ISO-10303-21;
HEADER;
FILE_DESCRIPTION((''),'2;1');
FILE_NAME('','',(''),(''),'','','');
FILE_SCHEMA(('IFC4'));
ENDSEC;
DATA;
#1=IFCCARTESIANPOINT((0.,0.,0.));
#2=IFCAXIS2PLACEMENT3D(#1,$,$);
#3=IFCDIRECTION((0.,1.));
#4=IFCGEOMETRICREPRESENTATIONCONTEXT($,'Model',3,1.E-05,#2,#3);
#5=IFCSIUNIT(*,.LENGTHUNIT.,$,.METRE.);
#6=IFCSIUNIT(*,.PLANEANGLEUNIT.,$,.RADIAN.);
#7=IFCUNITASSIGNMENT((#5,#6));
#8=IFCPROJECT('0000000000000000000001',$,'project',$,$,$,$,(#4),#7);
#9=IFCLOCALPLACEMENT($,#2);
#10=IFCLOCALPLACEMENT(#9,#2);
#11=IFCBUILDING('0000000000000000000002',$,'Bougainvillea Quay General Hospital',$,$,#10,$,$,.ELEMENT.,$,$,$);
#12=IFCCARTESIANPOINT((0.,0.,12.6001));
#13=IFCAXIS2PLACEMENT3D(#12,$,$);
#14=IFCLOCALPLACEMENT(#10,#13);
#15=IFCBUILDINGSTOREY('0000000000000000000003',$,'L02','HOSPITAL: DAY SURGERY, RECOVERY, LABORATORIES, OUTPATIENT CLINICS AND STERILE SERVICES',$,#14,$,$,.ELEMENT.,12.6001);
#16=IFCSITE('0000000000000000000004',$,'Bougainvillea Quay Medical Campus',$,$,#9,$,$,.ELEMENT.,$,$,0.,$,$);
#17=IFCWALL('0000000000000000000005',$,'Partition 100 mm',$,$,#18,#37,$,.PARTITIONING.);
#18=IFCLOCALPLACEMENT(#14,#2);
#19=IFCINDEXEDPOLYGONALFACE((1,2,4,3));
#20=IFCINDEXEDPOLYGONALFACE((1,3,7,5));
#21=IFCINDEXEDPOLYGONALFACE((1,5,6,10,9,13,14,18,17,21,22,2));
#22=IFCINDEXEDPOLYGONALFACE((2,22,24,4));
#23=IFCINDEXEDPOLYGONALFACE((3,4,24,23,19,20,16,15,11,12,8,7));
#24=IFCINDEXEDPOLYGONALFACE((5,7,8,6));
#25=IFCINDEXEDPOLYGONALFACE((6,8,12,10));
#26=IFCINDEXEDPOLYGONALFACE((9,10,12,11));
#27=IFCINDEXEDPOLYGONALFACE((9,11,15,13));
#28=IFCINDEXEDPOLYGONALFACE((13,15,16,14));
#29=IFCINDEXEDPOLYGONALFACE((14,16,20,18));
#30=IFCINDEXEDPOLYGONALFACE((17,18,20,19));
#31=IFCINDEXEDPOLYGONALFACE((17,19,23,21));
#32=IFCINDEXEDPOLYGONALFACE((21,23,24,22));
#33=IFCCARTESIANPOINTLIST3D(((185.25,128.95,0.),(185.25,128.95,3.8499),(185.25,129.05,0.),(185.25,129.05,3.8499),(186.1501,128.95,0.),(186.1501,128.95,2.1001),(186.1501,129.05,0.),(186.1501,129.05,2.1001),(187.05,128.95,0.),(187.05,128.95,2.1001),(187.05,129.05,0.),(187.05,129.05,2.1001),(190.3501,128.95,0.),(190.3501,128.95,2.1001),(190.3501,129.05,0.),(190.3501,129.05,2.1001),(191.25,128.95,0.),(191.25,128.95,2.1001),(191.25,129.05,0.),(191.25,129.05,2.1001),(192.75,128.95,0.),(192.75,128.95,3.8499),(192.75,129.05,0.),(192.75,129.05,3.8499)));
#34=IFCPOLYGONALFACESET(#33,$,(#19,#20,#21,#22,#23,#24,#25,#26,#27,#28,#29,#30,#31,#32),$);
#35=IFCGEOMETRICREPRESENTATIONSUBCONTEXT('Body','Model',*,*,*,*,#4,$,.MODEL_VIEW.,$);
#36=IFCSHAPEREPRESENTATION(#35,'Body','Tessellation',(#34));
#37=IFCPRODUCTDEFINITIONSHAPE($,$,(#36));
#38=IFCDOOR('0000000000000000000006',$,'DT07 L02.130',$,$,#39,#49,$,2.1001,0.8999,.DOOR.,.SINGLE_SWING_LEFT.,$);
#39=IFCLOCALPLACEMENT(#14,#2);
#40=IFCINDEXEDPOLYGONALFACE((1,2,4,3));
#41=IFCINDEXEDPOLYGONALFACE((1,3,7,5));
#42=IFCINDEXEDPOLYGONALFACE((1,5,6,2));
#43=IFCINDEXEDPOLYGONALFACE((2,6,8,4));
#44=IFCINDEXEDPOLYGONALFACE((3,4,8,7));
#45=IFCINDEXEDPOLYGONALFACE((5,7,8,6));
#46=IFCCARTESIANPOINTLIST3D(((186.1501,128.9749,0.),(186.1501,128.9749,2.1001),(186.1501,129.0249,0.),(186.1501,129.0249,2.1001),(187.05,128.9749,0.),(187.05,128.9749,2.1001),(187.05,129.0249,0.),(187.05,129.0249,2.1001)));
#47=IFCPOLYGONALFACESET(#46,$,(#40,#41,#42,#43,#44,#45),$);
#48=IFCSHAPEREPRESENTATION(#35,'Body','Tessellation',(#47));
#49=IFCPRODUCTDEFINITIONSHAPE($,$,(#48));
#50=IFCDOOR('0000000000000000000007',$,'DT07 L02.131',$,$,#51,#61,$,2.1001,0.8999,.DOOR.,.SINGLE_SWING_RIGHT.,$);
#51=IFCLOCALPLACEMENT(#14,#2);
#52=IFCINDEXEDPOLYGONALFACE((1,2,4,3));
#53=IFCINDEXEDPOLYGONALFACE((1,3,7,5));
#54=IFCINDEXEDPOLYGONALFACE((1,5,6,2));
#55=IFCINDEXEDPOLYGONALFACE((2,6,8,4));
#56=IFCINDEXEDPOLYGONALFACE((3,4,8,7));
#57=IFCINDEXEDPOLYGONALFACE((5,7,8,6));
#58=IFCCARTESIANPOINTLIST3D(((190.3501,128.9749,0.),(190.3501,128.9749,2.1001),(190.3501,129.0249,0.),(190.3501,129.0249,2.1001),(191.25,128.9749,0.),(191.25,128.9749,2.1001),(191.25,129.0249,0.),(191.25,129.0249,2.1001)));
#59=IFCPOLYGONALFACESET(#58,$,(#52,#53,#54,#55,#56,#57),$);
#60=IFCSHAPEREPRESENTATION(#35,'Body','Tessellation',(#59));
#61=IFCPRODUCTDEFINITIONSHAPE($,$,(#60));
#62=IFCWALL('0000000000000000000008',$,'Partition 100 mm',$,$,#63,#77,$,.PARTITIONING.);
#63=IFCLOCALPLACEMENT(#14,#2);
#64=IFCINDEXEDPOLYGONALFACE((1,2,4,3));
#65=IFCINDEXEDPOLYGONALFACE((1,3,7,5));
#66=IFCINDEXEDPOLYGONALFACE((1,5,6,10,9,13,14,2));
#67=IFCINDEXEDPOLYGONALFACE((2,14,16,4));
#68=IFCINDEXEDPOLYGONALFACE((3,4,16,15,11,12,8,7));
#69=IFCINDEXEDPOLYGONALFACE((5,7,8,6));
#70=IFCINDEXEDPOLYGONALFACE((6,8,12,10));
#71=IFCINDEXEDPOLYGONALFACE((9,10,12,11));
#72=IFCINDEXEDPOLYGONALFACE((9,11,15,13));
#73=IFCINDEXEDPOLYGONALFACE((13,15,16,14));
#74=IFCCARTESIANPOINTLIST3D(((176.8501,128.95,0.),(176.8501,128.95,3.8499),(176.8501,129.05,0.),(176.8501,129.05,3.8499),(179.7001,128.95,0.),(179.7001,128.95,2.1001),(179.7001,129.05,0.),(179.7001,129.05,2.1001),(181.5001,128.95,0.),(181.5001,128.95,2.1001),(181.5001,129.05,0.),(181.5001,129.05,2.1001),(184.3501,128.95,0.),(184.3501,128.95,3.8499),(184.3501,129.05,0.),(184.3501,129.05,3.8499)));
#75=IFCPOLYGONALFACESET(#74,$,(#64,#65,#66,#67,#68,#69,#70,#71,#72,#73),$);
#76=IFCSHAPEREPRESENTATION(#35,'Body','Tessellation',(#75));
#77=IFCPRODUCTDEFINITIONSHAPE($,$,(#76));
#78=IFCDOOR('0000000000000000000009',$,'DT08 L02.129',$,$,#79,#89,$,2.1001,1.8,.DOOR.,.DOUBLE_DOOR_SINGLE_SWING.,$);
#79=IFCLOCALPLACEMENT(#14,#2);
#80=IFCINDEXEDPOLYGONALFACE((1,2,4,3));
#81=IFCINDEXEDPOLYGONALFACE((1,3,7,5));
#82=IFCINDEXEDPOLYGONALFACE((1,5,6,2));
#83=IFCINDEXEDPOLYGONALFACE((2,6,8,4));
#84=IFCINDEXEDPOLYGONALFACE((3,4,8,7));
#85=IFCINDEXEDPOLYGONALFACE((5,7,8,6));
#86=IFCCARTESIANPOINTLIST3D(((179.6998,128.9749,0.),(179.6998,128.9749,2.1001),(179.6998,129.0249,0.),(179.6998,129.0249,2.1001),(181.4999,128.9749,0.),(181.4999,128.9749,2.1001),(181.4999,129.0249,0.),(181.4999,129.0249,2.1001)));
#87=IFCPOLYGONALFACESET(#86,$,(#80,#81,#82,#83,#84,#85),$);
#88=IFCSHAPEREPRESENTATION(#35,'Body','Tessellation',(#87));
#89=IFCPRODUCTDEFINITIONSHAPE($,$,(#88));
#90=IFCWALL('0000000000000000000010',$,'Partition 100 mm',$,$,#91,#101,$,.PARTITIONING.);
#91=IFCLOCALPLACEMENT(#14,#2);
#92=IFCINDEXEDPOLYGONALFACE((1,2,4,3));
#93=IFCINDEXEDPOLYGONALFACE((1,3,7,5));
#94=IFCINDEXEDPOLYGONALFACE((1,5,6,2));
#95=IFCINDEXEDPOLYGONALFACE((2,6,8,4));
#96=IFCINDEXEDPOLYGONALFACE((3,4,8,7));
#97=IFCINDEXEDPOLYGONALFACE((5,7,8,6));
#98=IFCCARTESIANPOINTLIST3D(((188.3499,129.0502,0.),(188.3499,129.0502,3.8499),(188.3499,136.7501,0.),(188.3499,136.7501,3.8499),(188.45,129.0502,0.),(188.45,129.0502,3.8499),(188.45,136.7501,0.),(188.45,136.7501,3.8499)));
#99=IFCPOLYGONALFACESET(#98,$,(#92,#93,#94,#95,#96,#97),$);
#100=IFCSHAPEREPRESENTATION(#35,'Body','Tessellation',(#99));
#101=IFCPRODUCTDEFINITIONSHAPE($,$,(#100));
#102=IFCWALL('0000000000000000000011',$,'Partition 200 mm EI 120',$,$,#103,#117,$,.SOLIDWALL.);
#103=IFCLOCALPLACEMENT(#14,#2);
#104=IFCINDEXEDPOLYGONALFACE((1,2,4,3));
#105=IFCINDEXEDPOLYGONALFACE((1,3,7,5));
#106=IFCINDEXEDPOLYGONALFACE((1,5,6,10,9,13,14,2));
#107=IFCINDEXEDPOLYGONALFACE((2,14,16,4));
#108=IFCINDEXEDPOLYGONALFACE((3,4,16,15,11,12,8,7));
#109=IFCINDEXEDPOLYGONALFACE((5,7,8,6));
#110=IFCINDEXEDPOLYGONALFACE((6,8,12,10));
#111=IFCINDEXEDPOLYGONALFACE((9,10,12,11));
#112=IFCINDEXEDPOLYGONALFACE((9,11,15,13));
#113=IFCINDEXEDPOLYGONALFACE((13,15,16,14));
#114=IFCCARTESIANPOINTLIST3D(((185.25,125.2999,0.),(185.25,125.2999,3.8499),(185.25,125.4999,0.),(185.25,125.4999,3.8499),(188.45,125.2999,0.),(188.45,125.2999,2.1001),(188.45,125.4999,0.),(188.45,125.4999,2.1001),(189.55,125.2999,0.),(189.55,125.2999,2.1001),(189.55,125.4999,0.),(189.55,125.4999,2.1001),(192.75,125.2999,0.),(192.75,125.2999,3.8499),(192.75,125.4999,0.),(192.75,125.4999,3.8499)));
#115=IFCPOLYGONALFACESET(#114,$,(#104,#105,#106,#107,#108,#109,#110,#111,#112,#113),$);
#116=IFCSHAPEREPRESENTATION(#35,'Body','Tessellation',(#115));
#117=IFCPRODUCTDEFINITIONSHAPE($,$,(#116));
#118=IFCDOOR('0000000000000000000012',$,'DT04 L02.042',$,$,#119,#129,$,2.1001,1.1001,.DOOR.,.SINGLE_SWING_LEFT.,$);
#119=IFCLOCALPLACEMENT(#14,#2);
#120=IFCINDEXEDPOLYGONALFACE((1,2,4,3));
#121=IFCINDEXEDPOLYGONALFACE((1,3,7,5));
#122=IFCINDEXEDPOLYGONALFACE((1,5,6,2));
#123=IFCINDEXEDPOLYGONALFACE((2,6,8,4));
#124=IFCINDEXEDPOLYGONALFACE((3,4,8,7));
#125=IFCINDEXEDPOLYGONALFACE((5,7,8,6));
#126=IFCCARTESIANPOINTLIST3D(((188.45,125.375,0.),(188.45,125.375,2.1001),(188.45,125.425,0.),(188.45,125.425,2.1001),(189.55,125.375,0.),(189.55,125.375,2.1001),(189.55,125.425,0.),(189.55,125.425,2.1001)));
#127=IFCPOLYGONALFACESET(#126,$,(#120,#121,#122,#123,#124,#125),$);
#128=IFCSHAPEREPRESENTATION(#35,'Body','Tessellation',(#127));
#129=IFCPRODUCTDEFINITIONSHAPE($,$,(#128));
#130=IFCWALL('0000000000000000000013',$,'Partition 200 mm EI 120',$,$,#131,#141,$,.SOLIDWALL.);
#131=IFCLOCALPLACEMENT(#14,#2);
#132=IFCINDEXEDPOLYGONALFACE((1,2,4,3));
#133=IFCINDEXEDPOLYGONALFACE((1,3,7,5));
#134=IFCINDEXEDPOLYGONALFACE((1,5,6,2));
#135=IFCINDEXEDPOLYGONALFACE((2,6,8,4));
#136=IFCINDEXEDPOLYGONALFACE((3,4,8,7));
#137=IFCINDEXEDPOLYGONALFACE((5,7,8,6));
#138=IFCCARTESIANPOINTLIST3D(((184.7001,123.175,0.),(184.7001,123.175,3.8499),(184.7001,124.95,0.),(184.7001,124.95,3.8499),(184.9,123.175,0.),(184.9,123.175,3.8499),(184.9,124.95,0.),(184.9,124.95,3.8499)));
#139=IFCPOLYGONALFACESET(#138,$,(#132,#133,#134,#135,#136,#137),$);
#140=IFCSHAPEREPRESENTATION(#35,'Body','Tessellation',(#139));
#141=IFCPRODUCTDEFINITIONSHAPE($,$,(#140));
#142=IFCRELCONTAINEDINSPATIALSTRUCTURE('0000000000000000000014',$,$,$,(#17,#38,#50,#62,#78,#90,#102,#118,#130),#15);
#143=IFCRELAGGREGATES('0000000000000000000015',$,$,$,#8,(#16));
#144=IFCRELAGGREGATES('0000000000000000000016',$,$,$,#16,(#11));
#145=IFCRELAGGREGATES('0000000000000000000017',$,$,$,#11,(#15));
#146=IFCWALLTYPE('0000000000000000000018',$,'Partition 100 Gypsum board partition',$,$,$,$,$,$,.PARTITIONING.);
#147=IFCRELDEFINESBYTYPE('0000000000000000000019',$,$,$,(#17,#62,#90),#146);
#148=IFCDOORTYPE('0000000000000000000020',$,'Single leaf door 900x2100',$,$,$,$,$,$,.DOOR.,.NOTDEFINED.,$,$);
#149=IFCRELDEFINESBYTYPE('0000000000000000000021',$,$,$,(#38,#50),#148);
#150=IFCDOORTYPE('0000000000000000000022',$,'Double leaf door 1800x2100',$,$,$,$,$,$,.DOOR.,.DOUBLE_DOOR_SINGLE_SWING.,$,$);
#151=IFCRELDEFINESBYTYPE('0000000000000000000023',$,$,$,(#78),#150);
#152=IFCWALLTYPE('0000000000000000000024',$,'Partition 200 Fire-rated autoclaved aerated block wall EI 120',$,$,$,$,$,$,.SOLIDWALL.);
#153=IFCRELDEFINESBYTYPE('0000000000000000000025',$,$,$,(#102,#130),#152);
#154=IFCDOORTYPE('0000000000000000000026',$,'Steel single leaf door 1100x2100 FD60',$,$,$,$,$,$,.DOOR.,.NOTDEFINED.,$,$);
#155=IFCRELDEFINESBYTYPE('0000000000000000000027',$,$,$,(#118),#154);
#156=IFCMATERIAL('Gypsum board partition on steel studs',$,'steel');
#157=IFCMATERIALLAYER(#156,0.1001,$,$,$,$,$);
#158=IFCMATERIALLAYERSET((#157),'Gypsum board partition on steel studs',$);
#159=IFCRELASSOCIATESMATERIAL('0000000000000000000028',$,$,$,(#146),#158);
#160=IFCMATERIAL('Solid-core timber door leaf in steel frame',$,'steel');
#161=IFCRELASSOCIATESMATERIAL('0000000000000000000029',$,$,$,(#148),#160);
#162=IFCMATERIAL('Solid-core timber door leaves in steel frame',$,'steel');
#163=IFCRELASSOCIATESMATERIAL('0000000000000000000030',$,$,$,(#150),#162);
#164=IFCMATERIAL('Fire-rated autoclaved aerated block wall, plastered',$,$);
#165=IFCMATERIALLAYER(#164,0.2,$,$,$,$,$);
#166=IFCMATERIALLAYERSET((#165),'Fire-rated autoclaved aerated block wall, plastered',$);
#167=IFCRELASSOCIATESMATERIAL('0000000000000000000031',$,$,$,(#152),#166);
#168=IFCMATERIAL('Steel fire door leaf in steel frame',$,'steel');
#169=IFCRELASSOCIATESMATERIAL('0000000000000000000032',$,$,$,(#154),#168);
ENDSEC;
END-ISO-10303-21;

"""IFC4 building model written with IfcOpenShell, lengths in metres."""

from ifc_helpers import new_model, si_unit, direction, frame, frame_2d, origin, place, context, subcontext, project, spatial, rectangle, extrude, material, layer, layer_set, type_object, element, fill, save


model = new_model("IFC4")

# Units and contexts
model_context = context("Model", 3, precision=1e-05, world=origin(), true_north=direction((0.0, 1.0)))
body_context = subcontext(model_context, "Body", "Model", "MODEL_VIEW")
ifc_project = project(units=[si_unit("LENGTHUNIT", "METRE"), si_unit("PLANEANGLEUNIT", "RADIAN")], contexts=[model_context])

# Site, building, storey
site_placement = place(None, origin())
site = spatial("IfcSite", under=ifc_project, at=site_placement, Name="Bougainvillea Quay Medical Campus", CompositionType="ELEMENT", RefElevation=0.0)
building_placement = place(site_placement, origin())
building = spatial("IfcBuilding", under=site, at=building_placement, Name="Bougainvillea Quay General Hospital", CompositionType="ELEMENT")
storey_placement = place(building_placement, frame((0.0, 0.0, 12.6001)))
storey = spatial("IfcBuildingStorey", under=building, at=storey_placement, Name="L02", Description="HOSPITAL: DAY SURGERY, RECOVERY, LABORATORIES, OUTPATIENT CLINICS AND STERILE SERVICES", CompositionType="ELEMENT", Elevation=12.6001)

# Wall, openings, doors
ifc_material_1 = material(Name="Gypsum board partition on steel studs", Category="steel")
ifc_layer_1 = layer(ifc_material_1, 0.1001)
ifc_layer_set_1 = layer_set([ifc_layer_1], Name="Gypsum board partition on steel studs")
wall_type_1 = type_object("IfcWallType", Name="Partition 100 Gypsum board partition", PredefinedType="PARTITIONING", material=ifc_layer_set_1)
wall_1_placement = place(storey_placement, frame((192.75, 129.0, 0.0), z_axis=(0.0, 0.0, 1.0), x_axis=(-1.0, 0.0, 0.0)))
wall_1 = element("IfcWall", 1, at=wall_1_placement, inside=storey, type_object=wall_type_1, Name="Partition 100 mm", PredefinedType="PARTITIONING", context=body_context, shape_type="SweptSolid", body=[
    extrude(rectangle(XDim=7.5, YDim=0.1001, at=frame_2d((3.75, 0.0))), origin(), (0.0, 0.0, 1.0), 3.8499),
])
opening_1_placement = place(wall_1_placement, frame((5.7, 0.0, 0.0)))
opening_1 = element("IfcOpeningElement", 2, at=opening_1_placement, cuts=wall_1, PredefinedType="OPENING", context=body_context, shape_type="SweptSolid", body=[
    extrude(rectangle(XDim=0.8999, YDim=2.1001, at=frame_2d((0.45, 1.05))), frame((0.0, 0.0601, 0.0), z_axis=(0.0, -1.0, 0.0), x_axis=(1.0, 0.0, 0.0)), (0.0, 0.0, 1.0), 0.1201),
])
opening_2_placement = place(wall_1_placement, frame((1.5, 0.0, 0.0)))
opening_2 = element("IfcOpeningElement", 3, at=opening_2_placement, cuts=wall_1, PredefinedType="OPENING", context=body_context, shape_type="SweptSolid", body=[
    extrude(rectangle(XDim=0.8999, YDim=2.1001, at=frame_2d((0.45, 1.05))), frame((0.0, 0.0601, 0.0), z_axis=(0.0, -1.0, 0.0), x_axis=(1.0, 0.0, 0.0)), (0.0, 0.0, 1.0), 0.1201),
])
ifc_material_2 = material(Name="Solid-core timber door leaf in steel frame", Category="steel")
door_type_1 = type_object("IfcDoorType", Name="Single leaf door 900x2100", OperationType="NOTDEFINED", PredefinedType="DOOR", material=ifc_material_2)
door_1_placement = place(opening_1_placement, frame((0.8999, 0.0, 0.0), z_axis=(0.0, 0.0, 1.0), x_axis=(-1.0, 0.0, 0.0)))
door_1 = element("IfcDoor", 4, at=door_1_placement, inside=storey, type_object=door_type_1, Name="DT07 L02.130", OperationType="SINGLE_SWING_LEFT", OverallHeight=2.1001, OverallWidth=0.8999, PredefinedType="DOOR", context=body_context, shape_type="SweptSolid", body=[
    extrude(rectangle(XDim=0.8999, YDim=2.1001, at=frame_2d((0.45, 1.05))), frame((0.0, 0.0249, 0.0), z_axis=(0.0, -1.0, 0.0), x_axis=(1.0, 0.0, 0.0)), (0.0, 0.0, 1.0), 0.05),
])
fill(opening_1, door_1)
door_2_placement = place(opening_2_placement, frame((0.8999, 0.0, 0.0), z_axis=(0.0, 0.0, 1.0), x_axis=(-1.0, 0.0, 0.0)))
door_2 = element("IfcDoor", 5, at=door_2_placement, inside=storey, type_object=door_type_1, Name="DT07 L02.131", OperationType="SINGLE_SWING_RIGHT", OverallHeight=2.1001, OverallWidth=0.8999, PredefinedType="DOOR", context=body_context, shape_type="SweptSolid", body=[
    extrude(rectangle(XDim=0.8999, YDim=2.1001, at=frame_2d((0.45, 1.05))), frame((0.0, 0.0249, 0.0), z_axis=(0.0, -1.0, 0.0), x_axis=(1.0, 0.0, 0.0)), (0.0, 0.0, 1.0), 0.05),
])
fill(opening_2, door_2)

# Wall, opening, door
wall_2_placement = place(storey_placement, frame((184.3501, 129.0, 0.0), z_axis=(0.0, 0.0, 1.0), x_axis=(-1.0, 0.0, 0.0)))
wall_2 = element("IfcWall", 6, at=wall_2_placement, inside=storey, type_object=wall_type_1, Name="Partition 100 mm", PredefinedType="PARTITIONING", context=body_context, shape_type="SweptSolid", body=[
    extrude(rectangle(XDim=7.5, YDim=0.1001, at=frame_2d((3.75, 0.0))), origin(), (0.0, 0.0, 1.0), 3.8499),
])
opening_3_placement = place(wall_2_placement, frame((2.8501, 0.0, 0.0)))
opening_3 = element("IfcOpeningElement", 7, at=opening_3_placement, cuts=wall_2, PredefinedType="OPENING", context=body_context, shape_type="SweptSolid", body=[
    extrude(rectangle(XDim=1.8, YDim=2.1001, at=frame_2d((0.8999, 1.05))), frame((0.0, 0.0601, 0.0), z_axis=(0.0, -1.0, 0.0), x_axis=(1.0, 0.0, 0.0)), (0.0, 0.0, 1.0), 0.1201),
])
ifc_material_3 = material(Name="Solid-core timber door leaves in steel frame", Category="steel")
door_type_2 = type_object("IfcDoorType", Name="Double leaf door 1800x2100", OperationType="DOUBLE_DOOR_SINGLE_SWING", PredefinedType="DOOR", material=ifc_material_3)
door_3_placement = place(opening_3_placement, frame((1.8, 0.0, 0.0), z_axis=(0.0, 0.0, 1.0), x_axis=(-1.0, 0.0, 0.0)))
door_3 = element("IfcDoor", 8, at=door_3_placement, inside=storey, type_object=door_type_2, Name="DT08 L02.129", OperationType="DOUBLE_DOOR_SINGLE_SWING", OverallHeight=2.1001, OverallWidth=1.8, PredefinedType="DOOR", context=body_context, shape_type="SweptSolid", body=[
    extrude(rectangle(XDim=1.8, YDim=2.1001, at=frame_2d((0.8999, 1.05))), frame((0.0, 0.0249, 0.0), z_axis=(0.0, -1.0, 0.0), x_axis=(1.0, 0.0, 0.0)), (0.0, 0.0, 1.0), 0.05),
])
fill(opening_3, door_3)

# Wall
wall_3_placement = place(storey_placement, frame((188.3999, 129.05, 0.0), z_axis=(0.0, 0.0, 1.0), x_axis=(0.0, 1.0, 0.0)))
element("IfcWall", 9, at=wall_3_placement, inside=storey, type_object=wall_type_1, Name="Partition 100 mm", PredefinedType="PARTITIONING", context=body_context, shape_type="SweptSolid", body=[
    extrude(rectangle(XDim=7.7, YDim=0.1001, at=frame_2d((3.8501, 0.0))), origin(), (0.0, 0.0, 1.0), 3.8499),
])

# Wall, opening, door
ifc_material_4 = material(Name="Fire-rated autoclaved aerated block wall, plastered")
ifc_layer_2 = layer(ifc_material_4, 0.2)
ifc_layer_set_2 = layer_set([ifc_layer_2], Name="Fire-rated autoclaved aerated block wall, plastered")
wall_type_2 = type_object("IfcWallType", Name="Partition 200 Fire-rated autoclaved aerated block wall EI 120", PredefinedType="SOLIDWALL", material=ifc_layer_set_2)
wall_4_placement = place(storey_placement, frame((185.25, 125.3999, 0.0), z_axis=(0.0, 0.0, 1.0), x_axis=(1.0, 0.0, 0.0)))
wall_4 = element("IfcWall", 10, at=wall_4_placement, inside=storey, type_object=wall_type_2, Name="Partition 200 mm EI 120", PredefinedType="SOLIDWALL", context=body_context, shape_type="SweptSolid", body=[
    extrude(rectangle(XDim=7.5, YDim=0.2, at=frame_2d((3.75, 0.0))), origin(), (0.0, 0.0, 1.0), 3.8499),
])
opening_4_placement = place(wall_4_placement, frame((3.2, 0.0, 0.0)))
opening_4 = element("IfcOpeningElement", 11, at=opening_4_placement, cuts=wall_4, PredefinedType="OPENING", context=body_context, shape_type="SweptSolid", body=[
    extrude(rectangle(XDim=1.1001, YDim=2.1001, at=frame_2d((0.55, 1.05))), frame((0.0, 0.1099, 0.0), z_axis=(0.0, -1.0, 0.0), x_axis=(1.0, 0.0, 0.0)), (0.0, 0.0, 1.0), 0.22),
])
ifc_material_5 = material(Name="Steel fire door leaf in steel frame", Category="steel")
door_type_3 = type_object("IfcDoorType", Name="Steel single leaf door 1100x2100 FD60", OperationType="NOTDEFINED", PredefinedType="DOOR", material=ifc_material_5)
door_4_placement = place(opening_4_placement, frame((1.1001, 0.0, 0.0), z_axis=(0.0, 0.0, 1.0), x_axis=(-1.0, 0.0, 0.0)))
door_4 = element("IfcDoor", 12, at=door_4_placement, inside=storey, type_object=door_type_3, Name="DT04 L02.042", OperationType="SINGLE_SWING_LEFT", OverallHeight=2.1001, OverallWidth=1.1001, PredefinedType="DOOR", context=body_context, shape_type="SweptSolid", body=[
    extrude(rectangle(XDim=1.1001, YDim=2.1001, at=frame_2d((0.55, 1.05))), frame((0.0, 0.0249, 0.0), z_axis=(0.0, -1.0, 0.0), x_axis=(1.0, 0.0, 0.0)), (0.0, 0.0, 1.0), 0.05),
])
fill(opening_4, door_4)

# Wall
wall_5_placement = place(storey_placement, frame((184.8, 123.175, 0.0), z_axis=(0.0, 0.0, 1.0), x_axis=(0.0, 1.0, 0.0)))
element("IfcWall", 13, at=wall_5_placement, inside=storey, type_object=wall_type_2, Name="Partition 200 mm EI 120", PredefinedType="SOLIDWALL", context=body_context, shape_type="SweptSolid", body=[
    extrude(rectangle(XDim=1.7749, YDim=0.2, at=frame_2d((0.8875, 0.0))), origin(), (0.0, 0.0, 1.0), 3.8499),
])

save(model, "model.ifc")
